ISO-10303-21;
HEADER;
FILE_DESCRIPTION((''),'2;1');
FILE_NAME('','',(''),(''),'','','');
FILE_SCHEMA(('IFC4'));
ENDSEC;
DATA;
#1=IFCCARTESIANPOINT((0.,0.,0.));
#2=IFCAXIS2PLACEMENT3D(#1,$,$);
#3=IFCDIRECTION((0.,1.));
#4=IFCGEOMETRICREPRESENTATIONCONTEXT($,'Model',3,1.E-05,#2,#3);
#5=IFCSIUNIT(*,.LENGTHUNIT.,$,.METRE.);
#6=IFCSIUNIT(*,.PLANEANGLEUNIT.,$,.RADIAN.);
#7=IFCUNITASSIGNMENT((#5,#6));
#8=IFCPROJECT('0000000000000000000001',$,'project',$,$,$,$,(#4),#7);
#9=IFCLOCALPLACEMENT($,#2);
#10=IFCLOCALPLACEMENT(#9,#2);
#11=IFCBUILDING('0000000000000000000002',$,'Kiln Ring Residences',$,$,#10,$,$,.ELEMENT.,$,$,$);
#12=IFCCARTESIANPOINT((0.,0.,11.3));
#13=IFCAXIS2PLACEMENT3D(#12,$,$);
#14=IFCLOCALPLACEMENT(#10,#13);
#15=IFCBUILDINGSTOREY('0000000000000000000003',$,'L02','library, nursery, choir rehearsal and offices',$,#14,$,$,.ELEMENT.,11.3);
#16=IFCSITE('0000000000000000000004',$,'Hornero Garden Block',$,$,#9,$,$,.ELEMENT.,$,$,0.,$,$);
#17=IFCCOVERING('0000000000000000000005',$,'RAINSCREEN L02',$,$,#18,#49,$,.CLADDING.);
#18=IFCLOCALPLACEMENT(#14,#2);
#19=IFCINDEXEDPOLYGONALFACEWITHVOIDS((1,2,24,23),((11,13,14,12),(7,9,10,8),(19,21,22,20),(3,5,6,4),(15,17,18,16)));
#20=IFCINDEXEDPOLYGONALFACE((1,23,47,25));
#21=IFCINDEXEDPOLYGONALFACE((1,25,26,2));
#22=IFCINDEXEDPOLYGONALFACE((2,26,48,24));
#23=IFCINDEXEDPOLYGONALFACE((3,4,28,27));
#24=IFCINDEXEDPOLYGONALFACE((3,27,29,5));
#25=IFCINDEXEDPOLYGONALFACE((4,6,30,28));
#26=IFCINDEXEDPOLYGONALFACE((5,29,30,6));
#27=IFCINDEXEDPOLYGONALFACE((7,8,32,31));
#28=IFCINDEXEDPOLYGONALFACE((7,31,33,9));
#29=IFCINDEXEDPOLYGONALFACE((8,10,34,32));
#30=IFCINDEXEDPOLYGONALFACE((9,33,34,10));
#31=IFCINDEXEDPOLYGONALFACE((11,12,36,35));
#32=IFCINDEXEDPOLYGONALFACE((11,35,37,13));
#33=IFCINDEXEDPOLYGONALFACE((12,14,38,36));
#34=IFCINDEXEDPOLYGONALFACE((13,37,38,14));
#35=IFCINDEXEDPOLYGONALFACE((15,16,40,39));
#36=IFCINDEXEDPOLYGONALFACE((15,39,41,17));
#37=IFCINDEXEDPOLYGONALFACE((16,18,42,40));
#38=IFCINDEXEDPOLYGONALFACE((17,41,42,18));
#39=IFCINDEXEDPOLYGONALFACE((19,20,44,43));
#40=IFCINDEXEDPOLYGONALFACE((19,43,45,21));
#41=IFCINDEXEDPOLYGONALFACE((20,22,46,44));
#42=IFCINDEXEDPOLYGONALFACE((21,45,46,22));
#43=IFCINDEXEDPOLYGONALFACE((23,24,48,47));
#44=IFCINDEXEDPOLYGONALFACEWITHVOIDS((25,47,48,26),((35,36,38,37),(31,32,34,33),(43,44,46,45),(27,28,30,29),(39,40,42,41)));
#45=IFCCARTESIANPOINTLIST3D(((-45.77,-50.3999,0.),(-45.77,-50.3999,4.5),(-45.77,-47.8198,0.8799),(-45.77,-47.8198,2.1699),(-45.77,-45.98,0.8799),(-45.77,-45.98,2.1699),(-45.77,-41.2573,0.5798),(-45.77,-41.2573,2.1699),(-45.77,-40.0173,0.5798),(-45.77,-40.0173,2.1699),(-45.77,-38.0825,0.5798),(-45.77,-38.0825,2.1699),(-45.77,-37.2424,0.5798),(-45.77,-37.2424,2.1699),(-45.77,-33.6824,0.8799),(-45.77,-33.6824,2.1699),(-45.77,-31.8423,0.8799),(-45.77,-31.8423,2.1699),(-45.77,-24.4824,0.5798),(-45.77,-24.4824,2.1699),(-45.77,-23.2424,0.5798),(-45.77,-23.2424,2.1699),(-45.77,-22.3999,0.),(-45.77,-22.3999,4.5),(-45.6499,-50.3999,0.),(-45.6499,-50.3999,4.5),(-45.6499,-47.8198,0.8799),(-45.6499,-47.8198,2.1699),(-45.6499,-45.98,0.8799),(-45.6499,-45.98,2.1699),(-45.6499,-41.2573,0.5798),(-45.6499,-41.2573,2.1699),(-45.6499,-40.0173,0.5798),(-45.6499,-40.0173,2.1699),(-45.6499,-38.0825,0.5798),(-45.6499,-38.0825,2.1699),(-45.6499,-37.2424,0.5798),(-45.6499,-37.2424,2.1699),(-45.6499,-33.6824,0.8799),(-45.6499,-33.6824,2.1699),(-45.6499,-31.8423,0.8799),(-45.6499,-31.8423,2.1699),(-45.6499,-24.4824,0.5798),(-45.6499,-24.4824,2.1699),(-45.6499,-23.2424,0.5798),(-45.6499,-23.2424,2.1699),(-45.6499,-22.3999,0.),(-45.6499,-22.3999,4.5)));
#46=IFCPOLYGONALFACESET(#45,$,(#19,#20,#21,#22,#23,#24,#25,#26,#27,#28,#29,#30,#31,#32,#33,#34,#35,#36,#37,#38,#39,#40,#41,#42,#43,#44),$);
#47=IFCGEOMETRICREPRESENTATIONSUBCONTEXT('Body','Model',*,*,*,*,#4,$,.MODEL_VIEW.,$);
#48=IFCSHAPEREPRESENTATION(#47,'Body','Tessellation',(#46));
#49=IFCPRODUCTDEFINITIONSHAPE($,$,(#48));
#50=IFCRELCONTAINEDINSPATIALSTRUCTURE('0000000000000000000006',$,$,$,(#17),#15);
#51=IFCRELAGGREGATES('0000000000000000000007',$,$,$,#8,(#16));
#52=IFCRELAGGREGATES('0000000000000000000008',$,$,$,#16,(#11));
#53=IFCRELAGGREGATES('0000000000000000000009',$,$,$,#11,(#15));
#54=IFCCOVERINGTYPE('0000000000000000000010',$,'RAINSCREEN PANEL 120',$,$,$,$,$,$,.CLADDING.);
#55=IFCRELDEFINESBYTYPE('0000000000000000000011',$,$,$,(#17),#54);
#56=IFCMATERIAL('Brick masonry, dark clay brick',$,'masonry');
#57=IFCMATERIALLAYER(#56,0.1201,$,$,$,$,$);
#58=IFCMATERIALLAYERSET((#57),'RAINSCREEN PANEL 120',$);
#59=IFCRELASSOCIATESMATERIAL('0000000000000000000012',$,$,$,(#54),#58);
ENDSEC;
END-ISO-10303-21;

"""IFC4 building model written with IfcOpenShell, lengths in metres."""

from ifc_helpers import new_model, si_unit, direction, frame, origin, place, context, subcontext, project, spatial, polyline, outline, extrude, material, layer, layer_set, type_object, element, save


model = new_model("IFC4")

# Units and contexts
model_context = context("Model", 3, precision=1e-05, world=origin(), true_north=direction((0.0, 1.0)))
body_context = subcontext(model_context, "Body", "Model", "MODEL_VIEW")
ifc_project = project(units=[si_unit("LENGTHUNIT", "METRE"), si_unit("PLANEANGLEUNIT", "RADIAN")], contexts=[model_context])

# Site, building, storey
site_placement = place(None, origin())
site = spatial("IfcSite", under=ifc_project, at=site_placement, Name="Hornero Garden Block", CompositionType="ELEMENT", RefElevation=0.0)
building_placement = place(site_placement, origin())
building = spatial("IfcBuilding", under=site, at=building_placement, Name="Kiln Ring Residences", CompositionType="ELEMENT")
storey_placement = place(building_placement, frame((0.0, 0.0, 11.3)))
storey = spatial("IfcBuildingStorey", under=building, at=storey_placement, Name="L02", Description="library, nursery, choir rehearsal and offices", CompositionType="ELEMENT", Elevation=11.3)

# Covering
ifc_material_1 = material(Name="Brick masonry, dark clay brick", Category="masonry")
ifc_layer_1 = layer(ifc_material_1, 0.1201)
ifc_layer_set_1 = layer_set([ifc_layer_1], Name="RAINSCREEN PANEL 120")
covering_type = type_object("IfcCoveringType", Name="RAINSCREEN PANEL 120", PredefinedType="CLADDING", material=ifc_layer_set_1)
covering_1_placement = place(storey_placement, frame((-45.71, -22.3999, 0.0), z_axis=(0.0, 0.0, 1.0), x_axis=(0.0, -1.0, 0.0)))
element("IfcCovering", 1, at=covering_1_placement, inside=storey, type_object=covering_type, Name="RAINSCREEN L02", PredefinedType="CLADDING", context=body_context, shape_type="SweptSolid", body=[
    extrude(outline(polyline([(0.0, 0.0), (28.0, 0.0), (28.0, 4.5), (0.0, 4.5), (0.0, 0.0)]), holes=[polyline([(2.0825, 0.5798), (2.0825, 2.1699), (0.8425, 2.1699), (0.8425, 0.5798), (2.0825, 0.5798)]), polyline([(15.6826, 0.5798), (15.6826, 2.1699), (14.8425, 2.1699), (14.8425, 0.5798), (15.6826, 0.5798)]), polyline([(18.8574, 0.5798), (18.8574, 2.1699), (17.6174, 2.1699), (17.6174, 0.5798), (18.8574, 0.5798)]), polyline([(9.4424, 0.8799), (11.2825, 0.8799), (11.2825, 2.1699), (9.4424, 2.1699), (9.4424, 0.8799)]), polyline([(23.5801, 0.8799), (25.4199, 0.8799), (25.4199, 2.1699), (23.5801, 2.1699), (23.5801, 0.8799)])]), frame((0.0, 0.0601, 0.0), z_axis=(0.0, -1.0, 0.0), x_axis=(1.0, 0.0, 0.0)), (0.0, 0.0, 1.0), 0.1201),
])

save(model, "model.ifc")
